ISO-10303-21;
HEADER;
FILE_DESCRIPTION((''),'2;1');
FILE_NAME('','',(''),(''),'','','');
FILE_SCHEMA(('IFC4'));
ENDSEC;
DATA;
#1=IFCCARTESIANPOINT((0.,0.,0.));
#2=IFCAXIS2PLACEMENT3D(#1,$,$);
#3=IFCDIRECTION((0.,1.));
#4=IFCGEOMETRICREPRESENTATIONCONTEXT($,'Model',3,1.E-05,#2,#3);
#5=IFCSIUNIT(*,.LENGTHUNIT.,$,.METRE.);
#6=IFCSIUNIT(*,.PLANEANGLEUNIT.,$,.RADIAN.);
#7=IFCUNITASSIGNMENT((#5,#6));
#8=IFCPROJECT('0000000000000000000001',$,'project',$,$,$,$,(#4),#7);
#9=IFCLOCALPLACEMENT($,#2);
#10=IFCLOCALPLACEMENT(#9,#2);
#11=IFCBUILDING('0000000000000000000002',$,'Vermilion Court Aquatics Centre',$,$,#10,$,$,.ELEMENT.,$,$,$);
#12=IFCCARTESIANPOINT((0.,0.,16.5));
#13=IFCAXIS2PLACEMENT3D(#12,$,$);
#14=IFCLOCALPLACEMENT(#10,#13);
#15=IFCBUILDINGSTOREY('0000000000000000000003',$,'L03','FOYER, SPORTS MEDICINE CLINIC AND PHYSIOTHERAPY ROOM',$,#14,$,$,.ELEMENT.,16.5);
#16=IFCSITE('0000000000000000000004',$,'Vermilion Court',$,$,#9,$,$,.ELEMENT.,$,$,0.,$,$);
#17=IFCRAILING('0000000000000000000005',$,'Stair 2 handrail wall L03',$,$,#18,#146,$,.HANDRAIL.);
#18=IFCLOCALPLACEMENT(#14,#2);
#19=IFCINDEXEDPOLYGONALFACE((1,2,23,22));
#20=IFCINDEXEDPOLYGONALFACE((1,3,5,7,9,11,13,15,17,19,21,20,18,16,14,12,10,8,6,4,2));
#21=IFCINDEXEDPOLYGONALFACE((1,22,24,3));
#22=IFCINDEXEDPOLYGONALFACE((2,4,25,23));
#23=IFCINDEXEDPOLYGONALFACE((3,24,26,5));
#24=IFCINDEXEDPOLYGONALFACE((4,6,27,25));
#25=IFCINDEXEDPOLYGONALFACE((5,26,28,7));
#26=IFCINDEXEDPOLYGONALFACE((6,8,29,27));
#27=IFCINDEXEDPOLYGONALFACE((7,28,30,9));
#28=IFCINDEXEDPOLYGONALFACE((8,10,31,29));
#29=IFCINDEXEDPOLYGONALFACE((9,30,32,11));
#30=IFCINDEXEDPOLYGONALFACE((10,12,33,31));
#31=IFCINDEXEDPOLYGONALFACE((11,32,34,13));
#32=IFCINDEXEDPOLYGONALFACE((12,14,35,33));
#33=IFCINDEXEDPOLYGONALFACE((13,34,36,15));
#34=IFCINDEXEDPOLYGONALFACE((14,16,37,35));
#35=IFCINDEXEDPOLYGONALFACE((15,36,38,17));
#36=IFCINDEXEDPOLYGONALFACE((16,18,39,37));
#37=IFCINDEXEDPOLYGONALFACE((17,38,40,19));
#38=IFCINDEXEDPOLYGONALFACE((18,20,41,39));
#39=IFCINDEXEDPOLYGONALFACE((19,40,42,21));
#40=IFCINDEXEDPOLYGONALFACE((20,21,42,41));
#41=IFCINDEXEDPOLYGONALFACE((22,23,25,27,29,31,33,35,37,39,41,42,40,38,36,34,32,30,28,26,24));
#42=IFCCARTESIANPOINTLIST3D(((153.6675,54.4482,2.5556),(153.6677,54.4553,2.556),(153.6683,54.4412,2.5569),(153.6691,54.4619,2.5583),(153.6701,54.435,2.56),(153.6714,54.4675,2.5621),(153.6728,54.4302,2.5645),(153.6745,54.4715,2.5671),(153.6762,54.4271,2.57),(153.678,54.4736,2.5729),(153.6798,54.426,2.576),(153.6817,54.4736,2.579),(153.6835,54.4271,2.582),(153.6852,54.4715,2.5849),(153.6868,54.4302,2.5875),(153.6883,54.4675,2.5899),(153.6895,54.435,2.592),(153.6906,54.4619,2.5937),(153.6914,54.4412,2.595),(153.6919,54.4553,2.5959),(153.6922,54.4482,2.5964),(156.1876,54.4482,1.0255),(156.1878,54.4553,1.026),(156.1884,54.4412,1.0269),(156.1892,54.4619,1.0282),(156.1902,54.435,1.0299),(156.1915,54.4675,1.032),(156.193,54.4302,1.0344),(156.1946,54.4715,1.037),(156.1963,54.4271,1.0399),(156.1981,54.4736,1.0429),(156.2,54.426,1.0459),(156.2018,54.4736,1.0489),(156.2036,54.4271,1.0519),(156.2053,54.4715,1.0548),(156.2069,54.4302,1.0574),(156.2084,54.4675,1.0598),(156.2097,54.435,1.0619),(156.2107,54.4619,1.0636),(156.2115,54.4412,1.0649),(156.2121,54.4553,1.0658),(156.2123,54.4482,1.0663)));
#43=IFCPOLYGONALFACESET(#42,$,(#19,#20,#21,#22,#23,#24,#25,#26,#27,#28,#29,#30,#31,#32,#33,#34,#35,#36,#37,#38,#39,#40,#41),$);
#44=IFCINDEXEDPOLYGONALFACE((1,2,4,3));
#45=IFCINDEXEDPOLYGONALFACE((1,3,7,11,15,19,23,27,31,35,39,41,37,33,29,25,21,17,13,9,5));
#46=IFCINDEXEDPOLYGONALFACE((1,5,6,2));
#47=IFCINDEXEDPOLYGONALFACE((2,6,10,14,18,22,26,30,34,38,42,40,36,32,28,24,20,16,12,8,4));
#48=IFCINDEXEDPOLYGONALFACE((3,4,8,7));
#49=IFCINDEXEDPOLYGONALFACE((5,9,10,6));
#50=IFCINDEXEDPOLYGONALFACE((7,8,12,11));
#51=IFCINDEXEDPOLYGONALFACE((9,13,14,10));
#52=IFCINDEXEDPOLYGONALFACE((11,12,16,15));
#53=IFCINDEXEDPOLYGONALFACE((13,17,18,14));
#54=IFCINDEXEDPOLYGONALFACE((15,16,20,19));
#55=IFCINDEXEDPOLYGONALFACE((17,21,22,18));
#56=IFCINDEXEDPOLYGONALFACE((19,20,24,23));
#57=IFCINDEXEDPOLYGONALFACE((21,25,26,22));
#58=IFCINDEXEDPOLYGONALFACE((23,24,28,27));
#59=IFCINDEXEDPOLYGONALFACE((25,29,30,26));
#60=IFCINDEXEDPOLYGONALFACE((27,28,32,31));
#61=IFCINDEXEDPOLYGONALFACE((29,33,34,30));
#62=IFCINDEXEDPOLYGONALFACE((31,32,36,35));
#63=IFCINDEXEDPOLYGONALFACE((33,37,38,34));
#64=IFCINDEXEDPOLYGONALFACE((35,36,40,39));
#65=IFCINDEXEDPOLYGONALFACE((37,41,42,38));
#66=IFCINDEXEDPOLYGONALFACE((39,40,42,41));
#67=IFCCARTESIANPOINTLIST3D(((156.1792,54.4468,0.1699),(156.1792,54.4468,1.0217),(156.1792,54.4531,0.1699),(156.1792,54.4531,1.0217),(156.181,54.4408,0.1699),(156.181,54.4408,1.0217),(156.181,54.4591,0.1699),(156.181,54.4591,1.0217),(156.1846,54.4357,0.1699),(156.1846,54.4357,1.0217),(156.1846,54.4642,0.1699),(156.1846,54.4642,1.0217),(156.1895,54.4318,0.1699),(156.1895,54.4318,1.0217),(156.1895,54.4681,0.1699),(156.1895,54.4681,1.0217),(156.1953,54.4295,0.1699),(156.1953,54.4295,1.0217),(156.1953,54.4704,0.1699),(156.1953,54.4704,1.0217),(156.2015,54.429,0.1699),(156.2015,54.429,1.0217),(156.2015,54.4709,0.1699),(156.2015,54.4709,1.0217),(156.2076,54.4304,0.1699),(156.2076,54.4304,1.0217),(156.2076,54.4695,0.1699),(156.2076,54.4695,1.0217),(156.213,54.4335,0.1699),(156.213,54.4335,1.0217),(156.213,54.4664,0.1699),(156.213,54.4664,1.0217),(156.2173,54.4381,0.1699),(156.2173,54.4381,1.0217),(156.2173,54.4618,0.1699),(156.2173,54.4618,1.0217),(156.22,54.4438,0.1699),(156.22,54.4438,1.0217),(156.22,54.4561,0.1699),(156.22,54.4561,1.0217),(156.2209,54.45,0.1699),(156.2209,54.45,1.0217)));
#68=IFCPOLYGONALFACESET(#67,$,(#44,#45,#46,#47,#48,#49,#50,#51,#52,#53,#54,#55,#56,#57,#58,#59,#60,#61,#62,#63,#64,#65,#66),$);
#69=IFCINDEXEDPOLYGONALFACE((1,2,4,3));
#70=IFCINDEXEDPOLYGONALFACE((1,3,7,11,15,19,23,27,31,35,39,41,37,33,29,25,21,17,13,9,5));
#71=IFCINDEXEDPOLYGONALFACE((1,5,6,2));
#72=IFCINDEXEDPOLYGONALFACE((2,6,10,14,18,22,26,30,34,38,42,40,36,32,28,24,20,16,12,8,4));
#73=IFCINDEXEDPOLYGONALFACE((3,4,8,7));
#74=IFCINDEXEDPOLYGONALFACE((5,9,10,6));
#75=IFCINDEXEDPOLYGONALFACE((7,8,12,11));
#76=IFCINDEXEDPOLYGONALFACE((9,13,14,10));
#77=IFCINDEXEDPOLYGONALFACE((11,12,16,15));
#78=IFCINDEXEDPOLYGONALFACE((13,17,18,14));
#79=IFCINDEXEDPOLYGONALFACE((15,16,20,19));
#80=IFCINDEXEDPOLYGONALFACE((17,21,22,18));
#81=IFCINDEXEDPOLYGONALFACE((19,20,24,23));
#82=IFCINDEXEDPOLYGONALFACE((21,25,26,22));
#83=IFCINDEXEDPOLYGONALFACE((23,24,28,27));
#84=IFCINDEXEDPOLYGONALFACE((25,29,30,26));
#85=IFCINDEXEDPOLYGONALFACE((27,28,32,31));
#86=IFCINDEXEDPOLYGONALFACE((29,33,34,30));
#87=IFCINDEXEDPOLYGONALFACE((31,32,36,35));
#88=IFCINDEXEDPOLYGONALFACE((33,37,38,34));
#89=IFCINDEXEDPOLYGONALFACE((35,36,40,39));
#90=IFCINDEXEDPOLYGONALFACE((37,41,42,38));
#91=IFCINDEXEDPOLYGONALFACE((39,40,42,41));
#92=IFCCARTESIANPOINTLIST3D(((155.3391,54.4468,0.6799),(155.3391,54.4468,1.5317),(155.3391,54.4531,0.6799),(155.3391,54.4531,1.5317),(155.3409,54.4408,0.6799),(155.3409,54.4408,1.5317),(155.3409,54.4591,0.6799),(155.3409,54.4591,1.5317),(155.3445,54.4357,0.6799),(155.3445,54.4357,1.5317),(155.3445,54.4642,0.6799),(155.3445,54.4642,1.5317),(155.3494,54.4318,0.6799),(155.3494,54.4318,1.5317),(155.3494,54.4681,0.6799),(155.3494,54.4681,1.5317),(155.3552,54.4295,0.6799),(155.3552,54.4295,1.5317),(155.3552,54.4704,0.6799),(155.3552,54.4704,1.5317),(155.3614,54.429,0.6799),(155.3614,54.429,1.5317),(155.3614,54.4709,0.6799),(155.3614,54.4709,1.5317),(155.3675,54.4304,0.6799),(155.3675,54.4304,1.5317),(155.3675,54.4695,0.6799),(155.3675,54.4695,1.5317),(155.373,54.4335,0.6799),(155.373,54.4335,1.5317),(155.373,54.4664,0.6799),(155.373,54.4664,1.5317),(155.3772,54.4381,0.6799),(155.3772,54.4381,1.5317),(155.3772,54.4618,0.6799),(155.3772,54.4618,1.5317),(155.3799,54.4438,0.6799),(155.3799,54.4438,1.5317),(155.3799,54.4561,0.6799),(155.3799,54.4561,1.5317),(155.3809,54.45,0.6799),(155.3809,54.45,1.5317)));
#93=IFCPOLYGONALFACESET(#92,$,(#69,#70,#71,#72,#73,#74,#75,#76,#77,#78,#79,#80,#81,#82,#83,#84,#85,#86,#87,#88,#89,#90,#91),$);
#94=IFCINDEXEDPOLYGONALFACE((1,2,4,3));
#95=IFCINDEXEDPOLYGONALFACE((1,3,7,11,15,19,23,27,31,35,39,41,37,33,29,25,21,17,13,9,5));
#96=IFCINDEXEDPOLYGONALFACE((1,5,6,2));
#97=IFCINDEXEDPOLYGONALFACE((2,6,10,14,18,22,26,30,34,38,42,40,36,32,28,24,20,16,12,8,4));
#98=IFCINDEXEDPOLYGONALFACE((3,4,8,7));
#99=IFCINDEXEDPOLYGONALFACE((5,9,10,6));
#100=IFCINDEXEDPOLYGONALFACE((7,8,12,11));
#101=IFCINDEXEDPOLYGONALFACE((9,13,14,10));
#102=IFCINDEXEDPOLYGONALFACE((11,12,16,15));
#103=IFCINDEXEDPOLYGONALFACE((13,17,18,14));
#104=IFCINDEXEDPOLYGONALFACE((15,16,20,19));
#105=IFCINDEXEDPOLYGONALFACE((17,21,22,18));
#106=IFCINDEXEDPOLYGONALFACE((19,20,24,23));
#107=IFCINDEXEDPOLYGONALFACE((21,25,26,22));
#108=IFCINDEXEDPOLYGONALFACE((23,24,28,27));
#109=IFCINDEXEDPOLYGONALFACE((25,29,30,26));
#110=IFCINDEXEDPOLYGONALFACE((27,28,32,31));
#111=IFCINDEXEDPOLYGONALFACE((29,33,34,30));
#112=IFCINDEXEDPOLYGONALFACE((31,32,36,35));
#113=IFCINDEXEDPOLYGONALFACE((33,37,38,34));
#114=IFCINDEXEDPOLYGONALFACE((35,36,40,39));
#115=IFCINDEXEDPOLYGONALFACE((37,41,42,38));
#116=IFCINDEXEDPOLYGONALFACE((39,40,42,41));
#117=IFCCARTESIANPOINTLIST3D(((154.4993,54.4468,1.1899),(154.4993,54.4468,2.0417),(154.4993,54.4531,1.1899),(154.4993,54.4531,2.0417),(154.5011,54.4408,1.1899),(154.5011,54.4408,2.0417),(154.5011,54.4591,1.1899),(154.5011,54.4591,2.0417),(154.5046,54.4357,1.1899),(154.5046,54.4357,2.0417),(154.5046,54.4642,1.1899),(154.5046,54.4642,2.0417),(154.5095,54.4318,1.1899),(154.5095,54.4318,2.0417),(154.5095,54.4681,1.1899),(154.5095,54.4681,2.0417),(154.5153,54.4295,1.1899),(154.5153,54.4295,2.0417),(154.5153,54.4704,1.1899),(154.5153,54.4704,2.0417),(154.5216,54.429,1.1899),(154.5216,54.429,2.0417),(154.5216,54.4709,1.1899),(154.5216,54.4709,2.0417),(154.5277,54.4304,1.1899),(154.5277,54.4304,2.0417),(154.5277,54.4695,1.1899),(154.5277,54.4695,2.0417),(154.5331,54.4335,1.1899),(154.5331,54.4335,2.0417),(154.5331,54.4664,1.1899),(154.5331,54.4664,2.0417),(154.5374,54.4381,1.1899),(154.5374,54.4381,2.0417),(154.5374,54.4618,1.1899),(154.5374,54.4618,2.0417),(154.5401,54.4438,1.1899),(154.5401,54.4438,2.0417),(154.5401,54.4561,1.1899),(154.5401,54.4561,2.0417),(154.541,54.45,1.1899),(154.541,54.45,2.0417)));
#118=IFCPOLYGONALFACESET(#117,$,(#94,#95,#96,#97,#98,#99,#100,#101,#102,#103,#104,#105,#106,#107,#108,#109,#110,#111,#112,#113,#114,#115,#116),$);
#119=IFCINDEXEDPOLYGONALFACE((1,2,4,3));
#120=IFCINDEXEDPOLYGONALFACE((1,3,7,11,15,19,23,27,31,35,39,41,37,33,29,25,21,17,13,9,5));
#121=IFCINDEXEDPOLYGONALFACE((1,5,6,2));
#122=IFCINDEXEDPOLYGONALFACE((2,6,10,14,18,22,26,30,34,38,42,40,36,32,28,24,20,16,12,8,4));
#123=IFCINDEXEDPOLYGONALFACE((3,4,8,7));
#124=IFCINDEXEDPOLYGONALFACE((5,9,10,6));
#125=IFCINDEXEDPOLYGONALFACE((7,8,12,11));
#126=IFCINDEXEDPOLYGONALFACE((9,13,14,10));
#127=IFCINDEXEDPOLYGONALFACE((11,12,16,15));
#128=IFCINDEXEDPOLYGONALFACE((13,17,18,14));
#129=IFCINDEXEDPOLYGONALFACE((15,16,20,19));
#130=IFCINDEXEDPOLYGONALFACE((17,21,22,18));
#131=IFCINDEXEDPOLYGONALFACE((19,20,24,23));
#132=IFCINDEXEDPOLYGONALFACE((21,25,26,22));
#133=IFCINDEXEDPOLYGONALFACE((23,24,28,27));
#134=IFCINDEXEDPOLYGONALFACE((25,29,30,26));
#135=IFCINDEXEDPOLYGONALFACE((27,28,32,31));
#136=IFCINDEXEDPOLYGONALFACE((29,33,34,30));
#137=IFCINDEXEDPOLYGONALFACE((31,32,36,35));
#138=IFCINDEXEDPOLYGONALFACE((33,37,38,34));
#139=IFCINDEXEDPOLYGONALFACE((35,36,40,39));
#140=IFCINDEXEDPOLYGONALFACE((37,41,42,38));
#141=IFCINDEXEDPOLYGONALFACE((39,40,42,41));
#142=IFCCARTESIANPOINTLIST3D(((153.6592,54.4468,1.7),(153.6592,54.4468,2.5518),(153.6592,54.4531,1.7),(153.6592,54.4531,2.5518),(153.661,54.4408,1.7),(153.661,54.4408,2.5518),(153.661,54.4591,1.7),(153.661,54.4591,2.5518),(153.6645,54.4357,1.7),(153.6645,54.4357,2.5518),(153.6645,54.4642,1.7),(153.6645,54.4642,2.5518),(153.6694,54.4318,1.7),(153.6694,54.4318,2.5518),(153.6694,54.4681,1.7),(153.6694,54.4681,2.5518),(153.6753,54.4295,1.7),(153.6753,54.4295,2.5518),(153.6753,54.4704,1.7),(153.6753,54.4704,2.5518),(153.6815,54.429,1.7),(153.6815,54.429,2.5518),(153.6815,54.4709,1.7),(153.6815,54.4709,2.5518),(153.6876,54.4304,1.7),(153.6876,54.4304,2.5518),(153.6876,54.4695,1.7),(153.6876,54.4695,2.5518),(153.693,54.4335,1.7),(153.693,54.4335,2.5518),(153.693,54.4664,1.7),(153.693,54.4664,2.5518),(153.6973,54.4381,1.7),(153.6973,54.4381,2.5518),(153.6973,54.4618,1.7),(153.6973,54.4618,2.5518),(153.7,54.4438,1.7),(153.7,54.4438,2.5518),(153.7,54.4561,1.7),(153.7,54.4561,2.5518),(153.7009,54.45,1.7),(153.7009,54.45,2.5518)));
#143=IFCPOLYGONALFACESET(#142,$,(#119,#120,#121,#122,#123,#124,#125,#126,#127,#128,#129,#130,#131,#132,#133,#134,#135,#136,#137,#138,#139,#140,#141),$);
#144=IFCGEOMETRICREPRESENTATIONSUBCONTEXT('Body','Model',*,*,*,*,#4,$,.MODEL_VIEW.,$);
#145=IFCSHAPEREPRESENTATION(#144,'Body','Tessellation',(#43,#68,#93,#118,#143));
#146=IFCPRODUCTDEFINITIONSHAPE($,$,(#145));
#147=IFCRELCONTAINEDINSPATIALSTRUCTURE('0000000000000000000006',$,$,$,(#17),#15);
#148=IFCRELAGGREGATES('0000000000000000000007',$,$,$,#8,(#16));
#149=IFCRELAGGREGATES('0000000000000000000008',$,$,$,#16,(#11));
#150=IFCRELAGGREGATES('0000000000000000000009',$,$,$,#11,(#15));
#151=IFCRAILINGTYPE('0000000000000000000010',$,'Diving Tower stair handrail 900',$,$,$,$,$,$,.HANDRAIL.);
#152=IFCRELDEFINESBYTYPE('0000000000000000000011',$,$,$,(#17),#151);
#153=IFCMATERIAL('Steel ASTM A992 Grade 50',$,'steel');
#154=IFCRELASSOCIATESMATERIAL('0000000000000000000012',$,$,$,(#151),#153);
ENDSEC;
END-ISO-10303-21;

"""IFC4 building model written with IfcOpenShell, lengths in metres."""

from ifc_helpers import new_model, si_unit, direction, frame, origin, origin_2d, place, context, subcontext, project, spatial, circle, extrude, material, type_object, element, save


model = new_model("IFC4")

# Units and contexts
model_context = context("Model", 3, precision=1e-05, world=origin(), true_north=direction((0.0, 1.0)))
body_context = subcontext(model_context, "Body", "Model", "MODEL_VIEW")
ifc_project = project(units=[si_unit("LENGTHUNIT", "METRE"), si_unit("PLANEANGLEUNIT", "RADIAN")], contexts=[model_context])

# Site, building, storey
site_placement = place(None, origin())
site = spatial("IfcSite", under=ifc_project, at=site_placement, Name="Vermilion Court", CompositionType="ELEMENT", RefElevation=0.0)
building_placement = place(site_placement, origin())
building = spatial("IfcBuilding", under=site, at=building_placement, Name="Vermilion Court Aquatics Centre", CompositionType="ELEMENT")
storey_placement = place(building_placement, frame((0.0, 0.0, 16.5)))
storey = spatial("IfcBuildingStorey", under=building, at=storey_placement, Name="L03", Description="FOYER, SPORTS MEDICINE CLINIC AND PHYSIOTHERAPY ROOM", CompositionType="ELEMENT", Elevation=16.5)

# Railing
ifc_material_1 = material(Name="Steel ASTM A992 Grade 50", Category="steel")
railing_type_1 = type_object("IfcRailingType", Name="Diving Tower stair handrail 900", PredefinedType="HANDRAIL", material=ifc_material_1)
for number, where, name in (
    (1, (156.2, 54.45, 0.1699), "Stair 2 handrail wall L03"),
):
    element("IfcRailing", number, at=place(storey_placement, frame(where)), inside=storey, type_object=railing_type_1, Name=name, PredefinedType="HANDRAIL", context=body_context, shape_type="SweptSolid", body=[
        extrude(circle(Radius=0.0239, at=origin_2d()), frame((0.0, 0.0, 0.876), z_axis=(-0.854785, 0.0, 0.518982), x_axis=(0.0, -1.0, 0.0)), (0.0, 0.0, 1.0), 2.9482),
        extrude(circle(Radius=0.021, at=origin_2d()), origin(), (0.0, 0.0, 1.0), 0.8518),
        extrude(circle(Radius=0.021, at=origin_2d()), frame((-0.8401, 0.0, 0.51)), (0.0, 0.0, 1.0), 0.8518),
        extrude(circle(Radius=0.021, at=origin_2d()), frame((-1.6799, 0.0, 1.02)), (0.0, 0.0, 1.0), 0.8518),
        extrude(circle(Radius=0.021, at=origin_2d()), frame((-2.52, 0.0, 1.53)), (0.0, 0.0, 1.0), 0.8518),
    ])

save(model, "model.ifc")
